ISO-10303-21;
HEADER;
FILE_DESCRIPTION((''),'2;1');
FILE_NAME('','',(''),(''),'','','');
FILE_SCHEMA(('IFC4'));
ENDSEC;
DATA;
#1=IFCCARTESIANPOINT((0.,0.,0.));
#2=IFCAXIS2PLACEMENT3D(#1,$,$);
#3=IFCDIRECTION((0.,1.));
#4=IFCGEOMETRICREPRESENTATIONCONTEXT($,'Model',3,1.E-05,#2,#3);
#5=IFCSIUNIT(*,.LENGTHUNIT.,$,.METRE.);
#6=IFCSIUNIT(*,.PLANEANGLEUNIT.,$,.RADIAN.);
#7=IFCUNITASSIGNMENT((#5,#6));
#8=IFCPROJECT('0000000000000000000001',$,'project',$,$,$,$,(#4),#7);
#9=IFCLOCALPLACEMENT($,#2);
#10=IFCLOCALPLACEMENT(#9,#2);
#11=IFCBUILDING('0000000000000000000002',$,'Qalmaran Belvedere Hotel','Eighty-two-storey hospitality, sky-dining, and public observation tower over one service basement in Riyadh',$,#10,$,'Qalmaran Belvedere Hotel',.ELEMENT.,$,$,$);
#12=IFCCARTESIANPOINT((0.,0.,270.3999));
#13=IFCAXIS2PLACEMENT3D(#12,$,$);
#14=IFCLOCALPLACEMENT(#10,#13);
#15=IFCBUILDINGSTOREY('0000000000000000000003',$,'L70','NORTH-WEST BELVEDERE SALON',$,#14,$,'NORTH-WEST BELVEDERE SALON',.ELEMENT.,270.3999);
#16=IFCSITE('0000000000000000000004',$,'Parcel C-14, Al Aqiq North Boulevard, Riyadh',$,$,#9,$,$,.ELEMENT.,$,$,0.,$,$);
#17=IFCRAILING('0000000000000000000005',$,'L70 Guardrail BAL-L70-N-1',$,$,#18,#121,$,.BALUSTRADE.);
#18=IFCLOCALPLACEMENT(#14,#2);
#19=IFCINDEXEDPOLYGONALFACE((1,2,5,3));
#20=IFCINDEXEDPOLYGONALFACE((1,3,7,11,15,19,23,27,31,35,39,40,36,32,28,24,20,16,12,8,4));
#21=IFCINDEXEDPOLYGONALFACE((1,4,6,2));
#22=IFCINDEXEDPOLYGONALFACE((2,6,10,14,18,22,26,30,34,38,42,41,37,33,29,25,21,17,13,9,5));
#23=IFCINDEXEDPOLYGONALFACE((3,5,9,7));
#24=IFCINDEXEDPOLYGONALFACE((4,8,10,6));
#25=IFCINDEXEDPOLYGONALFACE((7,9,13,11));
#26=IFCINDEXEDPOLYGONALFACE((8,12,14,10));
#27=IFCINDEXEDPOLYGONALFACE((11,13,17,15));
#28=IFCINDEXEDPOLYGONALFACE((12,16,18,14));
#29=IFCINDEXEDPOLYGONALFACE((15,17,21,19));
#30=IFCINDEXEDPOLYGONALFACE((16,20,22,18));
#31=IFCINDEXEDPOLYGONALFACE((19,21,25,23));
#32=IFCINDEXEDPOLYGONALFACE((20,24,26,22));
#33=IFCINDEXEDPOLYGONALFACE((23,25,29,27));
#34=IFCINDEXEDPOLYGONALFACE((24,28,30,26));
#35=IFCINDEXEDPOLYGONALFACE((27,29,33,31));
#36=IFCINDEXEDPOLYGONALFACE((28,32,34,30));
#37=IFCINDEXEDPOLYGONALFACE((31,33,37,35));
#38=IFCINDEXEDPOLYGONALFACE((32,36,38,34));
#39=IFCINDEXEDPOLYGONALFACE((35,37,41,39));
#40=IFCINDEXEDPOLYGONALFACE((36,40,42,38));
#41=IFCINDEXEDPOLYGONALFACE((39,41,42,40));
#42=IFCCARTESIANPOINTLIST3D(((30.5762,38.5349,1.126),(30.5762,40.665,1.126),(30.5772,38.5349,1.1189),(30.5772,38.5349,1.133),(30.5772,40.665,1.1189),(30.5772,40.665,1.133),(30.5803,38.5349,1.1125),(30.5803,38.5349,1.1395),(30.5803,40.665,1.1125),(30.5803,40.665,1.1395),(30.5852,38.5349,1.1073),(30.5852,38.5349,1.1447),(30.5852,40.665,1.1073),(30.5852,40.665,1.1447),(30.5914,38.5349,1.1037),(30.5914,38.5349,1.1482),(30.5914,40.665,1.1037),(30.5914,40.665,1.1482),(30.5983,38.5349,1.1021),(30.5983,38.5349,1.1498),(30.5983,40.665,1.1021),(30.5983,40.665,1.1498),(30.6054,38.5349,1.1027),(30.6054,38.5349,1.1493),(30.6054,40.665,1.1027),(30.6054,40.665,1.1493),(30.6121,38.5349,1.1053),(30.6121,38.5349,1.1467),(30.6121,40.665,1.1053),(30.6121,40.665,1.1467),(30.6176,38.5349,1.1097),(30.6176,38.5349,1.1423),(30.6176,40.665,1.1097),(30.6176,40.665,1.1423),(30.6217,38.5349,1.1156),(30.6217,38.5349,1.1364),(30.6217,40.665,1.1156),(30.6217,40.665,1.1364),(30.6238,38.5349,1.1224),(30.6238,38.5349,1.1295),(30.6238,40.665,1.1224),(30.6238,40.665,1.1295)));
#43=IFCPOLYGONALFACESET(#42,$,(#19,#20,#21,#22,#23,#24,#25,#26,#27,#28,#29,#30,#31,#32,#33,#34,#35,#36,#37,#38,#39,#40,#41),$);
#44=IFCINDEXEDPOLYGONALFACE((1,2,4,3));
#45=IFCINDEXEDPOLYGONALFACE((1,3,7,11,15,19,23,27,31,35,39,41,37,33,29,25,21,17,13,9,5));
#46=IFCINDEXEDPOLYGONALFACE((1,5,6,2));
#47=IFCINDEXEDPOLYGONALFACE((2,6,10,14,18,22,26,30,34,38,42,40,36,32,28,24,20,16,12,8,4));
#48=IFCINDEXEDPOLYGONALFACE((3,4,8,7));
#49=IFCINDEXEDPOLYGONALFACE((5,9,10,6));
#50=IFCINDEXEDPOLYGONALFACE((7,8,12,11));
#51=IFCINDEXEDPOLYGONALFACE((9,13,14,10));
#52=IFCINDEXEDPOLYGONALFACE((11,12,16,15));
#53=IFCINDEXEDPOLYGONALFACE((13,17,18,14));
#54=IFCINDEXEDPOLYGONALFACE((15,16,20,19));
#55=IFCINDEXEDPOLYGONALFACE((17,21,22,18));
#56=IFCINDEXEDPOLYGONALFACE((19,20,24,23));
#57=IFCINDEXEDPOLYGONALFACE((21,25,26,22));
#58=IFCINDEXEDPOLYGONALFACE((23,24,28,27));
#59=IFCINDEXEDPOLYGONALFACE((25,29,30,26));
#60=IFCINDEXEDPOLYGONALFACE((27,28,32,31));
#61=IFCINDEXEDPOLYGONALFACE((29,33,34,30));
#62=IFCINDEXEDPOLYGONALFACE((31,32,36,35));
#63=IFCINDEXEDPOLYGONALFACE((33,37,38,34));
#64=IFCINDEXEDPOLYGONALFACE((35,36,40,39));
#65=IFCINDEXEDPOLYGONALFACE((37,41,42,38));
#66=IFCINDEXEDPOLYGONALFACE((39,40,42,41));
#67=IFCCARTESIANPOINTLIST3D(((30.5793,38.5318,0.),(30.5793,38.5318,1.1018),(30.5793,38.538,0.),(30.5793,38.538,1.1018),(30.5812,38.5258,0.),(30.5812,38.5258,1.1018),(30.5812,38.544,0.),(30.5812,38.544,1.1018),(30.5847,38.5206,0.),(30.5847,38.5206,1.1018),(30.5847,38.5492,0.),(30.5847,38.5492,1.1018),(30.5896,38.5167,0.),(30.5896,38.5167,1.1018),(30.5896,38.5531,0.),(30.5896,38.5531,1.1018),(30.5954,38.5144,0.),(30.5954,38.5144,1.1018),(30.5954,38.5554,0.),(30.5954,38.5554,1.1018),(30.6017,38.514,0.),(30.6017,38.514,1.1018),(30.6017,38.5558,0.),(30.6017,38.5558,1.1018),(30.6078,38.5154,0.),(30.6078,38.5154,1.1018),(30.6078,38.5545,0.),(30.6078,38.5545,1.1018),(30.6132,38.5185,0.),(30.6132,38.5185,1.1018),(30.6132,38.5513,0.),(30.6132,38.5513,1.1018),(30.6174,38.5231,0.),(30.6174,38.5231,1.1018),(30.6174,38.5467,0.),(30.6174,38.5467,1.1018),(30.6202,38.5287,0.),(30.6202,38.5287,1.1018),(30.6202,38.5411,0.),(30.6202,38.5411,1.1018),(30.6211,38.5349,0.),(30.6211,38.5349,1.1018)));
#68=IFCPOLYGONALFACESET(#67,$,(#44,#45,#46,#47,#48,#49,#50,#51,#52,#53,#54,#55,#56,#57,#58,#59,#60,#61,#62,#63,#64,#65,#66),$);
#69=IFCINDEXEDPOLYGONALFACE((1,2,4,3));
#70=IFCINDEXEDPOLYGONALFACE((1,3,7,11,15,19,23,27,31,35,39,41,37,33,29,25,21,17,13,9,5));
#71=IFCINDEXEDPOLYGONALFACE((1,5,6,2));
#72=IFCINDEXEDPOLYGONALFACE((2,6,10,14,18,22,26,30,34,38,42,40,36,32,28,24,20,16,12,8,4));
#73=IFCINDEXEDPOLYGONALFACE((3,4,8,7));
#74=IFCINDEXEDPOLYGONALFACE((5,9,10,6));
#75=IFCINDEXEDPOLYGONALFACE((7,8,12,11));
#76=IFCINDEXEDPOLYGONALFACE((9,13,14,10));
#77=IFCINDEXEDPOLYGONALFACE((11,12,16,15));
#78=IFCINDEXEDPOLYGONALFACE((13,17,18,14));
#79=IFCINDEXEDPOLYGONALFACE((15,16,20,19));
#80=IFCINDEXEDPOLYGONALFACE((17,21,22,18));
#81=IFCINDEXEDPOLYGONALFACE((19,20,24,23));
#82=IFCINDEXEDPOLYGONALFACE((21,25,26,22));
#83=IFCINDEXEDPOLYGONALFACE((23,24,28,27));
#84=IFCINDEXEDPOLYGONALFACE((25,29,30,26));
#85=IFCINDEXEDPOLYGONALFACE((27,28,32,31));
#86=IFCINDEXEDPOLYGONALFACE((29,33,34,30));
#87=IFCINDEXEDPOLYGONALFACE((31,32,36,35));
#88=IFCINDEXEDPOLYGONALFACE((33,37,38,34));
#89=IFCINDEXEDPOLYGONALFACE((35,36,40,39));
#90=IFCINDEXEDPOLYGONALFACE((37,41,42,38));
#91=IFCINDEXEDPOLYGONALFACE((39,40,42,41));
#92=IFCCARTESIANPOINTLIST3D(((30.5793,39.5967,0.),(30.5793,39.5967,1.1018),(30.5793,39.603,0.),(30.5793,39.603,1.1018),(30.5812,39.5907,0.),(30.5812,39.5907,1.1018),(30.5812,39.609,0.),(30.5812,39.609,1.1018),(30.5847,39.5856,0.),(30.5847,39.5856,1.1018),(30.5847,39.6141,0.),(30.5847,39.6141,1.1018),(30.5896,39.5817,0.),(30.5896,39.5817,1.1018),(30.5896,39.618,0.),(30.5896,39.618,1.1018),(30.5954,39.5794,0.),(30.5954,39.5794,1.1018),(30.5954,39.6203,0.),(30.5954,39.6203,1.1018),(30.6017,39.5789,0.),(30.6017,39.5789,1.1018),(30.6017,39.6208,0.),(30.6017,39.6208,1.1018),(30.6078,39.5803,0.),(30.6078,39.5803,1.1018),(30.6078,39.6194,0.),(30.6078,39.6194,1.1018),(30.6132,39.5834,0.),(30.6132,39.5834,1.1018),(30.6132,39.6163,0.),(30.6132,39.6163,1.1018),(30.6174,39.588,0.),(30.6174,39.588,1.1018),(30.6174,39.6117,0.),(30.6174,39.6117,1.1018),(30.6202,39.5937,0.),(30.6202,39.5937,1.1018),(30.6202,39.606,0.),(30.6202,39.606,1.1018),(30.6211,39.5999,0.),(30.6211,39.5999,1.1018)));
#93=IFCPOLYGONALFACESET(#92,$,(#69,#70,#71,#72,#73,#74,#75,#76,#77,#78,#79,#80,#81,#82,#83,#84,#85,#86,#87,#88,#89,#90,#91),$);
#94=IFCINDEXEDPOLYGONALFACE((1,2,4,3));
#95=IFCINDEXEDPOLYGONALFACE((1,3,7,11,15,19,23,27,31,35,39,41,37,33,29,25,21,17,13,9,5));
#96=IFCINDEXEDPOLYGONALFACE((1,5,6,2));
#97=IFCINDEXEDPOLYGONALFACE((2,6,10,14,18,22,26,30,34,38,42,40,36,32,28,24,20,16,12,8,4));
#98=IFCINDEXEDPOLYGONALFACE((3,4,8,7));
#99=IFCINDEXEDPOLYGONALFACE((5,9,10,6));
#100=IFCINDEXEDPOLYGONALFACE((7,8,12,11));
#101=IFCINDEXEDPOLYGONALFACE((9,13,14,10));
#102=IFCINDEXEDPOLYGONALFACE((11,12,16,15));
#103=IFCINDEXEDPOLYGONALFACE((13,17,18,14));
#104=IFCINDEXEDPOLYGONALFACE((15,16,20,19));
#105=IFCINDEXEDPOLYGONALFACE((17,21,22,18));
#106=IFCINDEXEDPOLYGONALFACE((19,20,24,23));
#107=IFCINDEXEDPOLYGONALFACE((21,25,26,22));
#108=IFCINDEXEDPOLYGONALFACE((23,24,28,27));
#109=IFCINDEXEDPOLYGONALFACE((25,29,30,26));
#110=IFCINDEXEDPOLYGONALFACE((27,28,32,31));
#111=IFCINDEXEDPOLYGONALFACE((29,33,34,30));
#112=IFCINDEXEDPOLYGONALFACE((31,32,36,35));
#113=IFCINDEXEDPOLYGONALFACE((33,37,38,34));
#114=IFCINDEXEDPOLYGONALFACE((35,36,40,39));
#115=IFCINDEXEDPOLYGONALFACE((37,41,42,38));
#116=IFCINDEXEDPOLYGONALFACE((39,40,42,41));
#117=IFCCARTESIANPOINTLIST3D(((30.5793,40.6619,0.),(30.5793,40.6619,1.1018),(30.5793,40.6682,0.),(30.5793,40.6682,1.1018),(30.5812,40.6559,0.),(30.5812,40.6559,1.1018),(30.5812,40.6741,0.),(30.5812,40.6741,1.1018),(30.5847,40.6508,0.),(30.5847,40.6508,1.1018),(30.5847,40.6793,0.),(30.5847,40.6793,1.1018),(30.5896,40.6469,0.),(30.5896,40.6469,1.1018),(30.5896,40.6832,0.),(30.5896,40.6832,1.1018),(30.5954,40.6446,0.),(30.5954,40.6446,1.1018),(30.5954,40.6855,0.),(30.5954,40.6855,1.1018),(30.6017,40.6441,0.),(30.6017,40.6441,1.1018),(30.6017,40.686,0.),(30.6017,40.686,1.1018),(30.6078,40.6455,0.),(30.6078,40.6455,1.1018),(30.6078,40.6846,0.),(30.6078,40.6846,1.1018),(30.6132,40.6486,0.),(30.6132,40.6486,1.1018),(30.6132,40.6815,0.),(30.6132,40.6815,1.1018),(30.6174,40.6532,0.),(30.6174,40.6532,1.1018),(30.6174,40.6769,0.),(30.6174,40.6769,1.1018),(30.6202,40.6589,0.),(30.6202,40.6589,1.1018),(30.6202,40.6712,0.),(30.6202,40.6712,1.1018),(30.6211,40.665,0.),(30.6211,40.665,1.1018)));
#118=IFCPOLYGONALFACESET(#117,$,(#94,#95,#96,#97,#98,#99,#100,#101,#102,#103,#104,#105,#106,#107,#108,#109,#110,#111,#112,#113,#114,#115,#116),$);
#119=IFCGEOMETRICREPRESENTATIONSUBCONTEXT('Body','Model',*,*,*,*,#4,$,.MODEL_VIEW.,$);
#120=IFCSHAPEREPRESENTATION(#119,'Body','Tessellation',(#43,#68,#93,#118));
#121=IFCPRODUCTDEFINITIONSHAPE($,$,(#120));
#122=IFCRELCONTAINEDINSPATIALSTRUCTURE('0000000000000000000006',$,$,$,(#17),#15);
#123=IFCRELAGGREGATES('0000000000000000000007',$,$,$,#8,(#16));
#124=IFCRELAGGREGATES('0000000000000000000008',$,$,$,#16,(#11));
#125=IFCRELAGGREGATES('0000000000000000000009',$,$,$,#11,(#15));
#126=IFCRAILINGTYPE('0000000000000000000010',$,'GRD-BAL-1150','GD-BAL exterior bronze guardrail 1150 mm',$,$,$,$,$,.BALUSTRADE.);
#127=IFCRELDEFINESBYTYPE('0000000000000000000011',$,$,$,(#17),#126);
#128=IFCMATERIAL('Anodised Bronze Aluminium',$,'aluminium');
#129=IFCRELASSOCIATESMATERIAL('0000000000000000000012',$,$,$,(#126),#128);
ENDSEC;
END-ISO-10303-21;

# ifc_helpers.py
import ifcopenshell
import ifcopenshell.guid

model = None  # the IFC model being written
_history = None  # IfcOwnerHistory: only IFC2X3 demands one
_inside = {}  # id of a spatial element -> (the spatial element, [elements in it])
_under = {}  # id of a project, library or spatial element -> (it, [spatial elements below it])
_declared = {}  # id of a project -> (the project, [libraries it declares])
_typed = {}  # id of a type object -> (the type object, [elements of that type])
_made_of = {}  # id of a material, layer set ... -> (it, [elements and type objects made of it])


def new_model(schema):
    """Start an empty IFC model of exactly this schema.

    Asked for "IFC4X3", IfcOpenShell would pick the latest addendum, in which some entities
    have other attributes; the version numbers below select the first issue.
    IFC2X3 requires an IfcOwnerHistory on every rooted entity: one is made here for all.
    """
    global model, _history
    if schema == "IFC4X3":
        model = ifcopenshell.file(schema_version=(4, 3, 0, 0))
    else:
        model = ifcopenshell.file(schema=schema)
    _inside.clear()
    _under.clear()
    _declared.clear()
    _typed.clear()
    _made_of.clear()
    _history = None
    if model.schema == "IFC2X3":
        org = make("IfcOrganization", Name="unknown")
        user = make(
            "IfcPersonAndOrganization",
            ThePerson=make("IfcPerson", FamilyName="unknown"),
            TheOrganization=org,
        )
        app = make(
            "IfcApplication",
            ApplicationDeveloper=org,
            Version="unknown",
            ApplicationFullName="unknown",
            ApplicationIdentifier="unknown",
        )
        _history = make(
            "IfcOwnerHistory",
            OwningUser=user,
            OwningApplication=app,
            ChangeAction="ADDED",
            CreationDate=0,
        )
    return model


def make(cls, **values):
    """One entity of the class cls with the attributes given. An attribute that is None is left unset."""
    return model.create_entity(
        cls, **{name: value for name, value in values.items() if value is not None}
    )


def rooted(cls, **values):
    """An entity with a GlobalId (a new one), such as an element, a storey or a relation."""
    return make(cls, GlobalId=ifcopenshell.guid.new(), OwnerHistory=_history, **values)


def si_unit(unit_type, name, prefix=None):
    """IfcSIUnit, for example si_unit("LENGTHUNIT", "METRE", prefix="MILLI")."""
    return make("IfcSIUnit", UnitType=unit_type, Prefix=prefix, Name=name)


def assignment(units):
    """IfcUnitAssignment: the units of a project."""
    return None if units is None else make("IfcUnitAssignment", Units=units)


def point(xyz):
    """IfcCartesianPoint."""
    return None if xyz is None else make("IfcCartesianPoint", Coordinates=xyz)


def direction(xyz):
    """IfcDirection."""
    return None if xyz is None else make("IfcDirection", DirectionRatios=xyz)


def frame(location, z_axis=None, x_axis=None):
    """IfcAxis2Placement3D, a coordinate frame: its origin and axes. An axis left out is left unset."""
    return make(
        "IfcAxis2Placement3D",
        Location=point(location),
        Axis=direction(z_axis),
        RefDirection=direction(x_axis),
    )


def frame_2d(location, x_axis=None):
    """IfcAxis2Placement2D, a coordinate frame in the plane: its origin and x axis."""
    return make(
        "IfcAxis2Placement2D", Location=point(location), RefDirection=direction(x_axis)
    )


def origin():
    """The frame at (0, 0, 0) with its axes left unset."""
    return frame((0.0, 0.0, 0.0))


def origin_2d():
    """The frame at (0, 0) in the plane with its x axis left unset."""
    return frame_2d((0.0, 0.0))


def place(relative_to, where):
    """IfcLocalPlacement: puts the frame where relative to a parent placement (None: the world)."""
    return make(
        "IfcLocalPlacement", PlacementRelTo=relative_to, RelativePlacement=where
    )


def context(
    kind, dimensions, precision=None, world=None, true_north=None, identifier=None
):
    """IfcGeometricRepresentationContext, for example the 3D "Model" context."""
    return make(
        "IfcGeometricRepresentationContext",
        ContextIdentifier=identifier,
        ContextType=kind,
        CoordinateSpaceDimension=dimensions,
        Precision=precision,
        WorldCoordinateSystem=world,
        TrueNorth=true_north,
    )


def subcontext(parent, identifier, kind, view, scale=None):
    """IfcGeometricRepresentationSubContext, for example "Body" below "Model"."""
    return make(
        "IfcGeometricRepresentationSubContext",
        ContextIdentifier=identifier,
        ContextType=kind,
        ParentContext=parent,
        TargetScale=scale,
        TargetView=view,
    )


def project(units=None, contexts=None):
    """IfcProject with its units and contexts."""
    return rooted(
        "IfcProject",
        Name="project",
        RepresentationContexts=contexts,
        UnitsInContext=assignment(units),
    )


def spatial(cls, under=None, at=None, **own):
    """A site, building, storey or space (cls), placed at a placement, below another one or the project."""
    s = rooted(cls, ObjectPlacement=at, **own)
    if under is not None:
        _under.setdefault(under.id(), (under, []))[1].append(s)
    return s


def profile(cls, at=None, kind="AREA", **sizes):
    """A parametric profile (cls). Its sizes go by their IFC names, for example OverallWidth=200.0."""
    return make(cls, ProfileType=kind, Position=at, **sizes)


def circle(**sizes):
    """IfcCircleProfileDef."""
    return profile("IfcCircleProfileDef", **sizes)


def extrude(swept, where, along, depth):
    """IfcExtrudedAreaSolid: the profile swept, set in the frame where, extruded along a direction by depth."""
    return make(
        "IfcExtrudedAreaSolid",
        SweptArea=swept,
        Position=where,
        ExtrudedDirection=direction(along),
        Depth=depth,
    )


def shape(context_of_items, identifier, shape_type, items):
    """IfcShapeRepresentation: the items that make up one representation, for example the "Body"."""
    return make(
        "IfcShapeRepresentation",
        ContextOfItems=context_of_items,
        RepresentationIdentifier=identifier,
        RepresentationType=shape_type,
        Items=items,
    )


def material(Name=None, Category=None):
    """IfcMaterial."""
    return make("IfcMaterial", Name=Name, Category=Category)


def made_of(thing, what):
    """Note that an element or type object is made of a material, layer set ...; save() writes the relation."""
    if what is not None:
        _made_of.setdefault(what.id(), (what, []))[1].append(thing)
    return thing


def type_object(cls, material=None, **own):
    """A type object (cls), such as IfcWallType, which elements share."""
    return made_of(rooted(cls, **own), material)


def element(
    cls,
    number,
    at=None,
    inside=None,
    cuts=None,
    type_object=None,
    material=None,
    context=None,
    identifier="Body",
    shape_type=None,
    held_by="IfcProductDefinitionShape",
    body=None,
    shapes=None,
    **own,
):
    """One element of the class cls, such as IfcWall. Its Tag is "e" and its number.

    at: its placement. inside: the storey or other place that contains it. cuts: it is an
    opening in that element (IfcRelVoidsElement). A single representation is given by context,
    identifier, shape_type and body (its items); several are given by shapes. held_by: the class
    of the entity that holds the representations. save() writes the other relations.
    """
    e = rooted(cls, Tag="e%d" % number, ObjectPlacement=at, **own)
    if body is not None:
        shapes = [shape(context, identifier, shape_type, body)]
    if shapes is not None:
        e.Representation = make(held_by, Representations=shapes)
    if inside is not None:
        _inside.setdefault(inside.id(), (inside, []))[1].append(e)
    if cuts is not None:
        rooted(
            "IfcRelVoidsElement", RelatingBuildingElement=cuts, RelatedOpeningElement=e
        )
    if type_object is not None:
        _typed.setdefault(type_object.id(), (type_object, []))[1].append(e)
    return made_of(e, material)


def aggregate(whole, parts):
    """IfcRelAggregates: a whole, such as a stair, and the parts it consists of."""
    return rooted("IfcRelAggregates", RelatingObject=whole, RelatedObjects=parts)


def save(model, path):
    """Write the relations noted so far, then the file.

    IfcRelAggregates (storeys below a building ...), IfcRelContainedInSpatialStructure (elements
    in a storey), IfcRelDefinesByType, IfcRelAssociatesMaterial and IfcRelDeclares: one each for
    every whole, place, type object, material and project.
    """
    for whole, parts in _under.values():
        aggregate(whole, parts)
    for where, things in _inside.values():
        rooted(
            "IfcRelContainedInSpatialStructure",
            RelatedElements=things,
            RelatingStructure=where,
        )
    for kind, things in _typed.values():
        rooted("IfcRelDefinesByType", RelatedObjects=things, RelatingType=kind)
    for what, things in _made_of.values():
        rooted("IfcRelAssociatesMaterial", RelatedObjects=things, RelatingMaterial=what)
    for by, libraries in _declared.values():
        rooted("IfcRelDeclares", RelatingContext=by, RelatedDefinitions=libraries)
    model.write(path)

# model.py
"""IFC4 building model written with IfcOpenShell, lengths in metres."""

from ifc_helpers import new_model, si_unit, direction, frame, origin, origin_2d, place, context, subcontext, project, spatial, circle, extrude, material, type_object, element, save


model = new_model("IFC4")

# Units and contexts
model_context = context("Model", 3, precision=1e-05, world=origin(), true_north=direction((0.0, 1.0)))
body_context = subcontext(model_context, "Body", "Model", "MODEL_VIEW")
ifc_project = project(units=[si_unit("LENGTHUNIT", "METRE"), si_unit("PLANEANGLEUNIT", "RADIAN")], contexts=[model_context])

# Site, building, storey
site_placement = place(None, origin())
site = spatial("IfcSite", under=ifc_project, at=site_placement, Name="Parcel C-14, Al Aqiq North Boulevard, Riyadh", CompositionType="ELEMENT", RefElevation=0.0)
building_placement = place(site_placement, origin())
building = spatial("IfcBuilding", under=site, at=building_placement, Name="Qalmaran Belvedere Hotel", Description="Eighty-two-storey hospitality, sky-dining, and public observation tower over one service basement in Riyadh", LongName="Qalmaran Belvedere Hotel", CompositionType="ELEMENT")
storey_placement = place(building_placement, frame((0.0, 0.0, 270.3999)))
storey = spatial("IfcBuildingStorey", under=building, at=storey_placement, Name="L70", Description="NORTH-WEST BELVEDERE SALON", LongName="NORTH-WEST BELVEDERE SALON", CompositionType="ELEMENT", Elevation=270.3999)

# Shared definitions
ifc_material_1 = material(Name="Anodised Bronze Aluminium", Category="aluminium")

# Railing
railing_type = type_object("IfcRailingType", Name="GRD-BAL-1150", Description="GD-BAL exterior bronze guardrail 1150 mm", PredefinedType="BALUSTRADE", material=ifc_material_1)
railing_1_placement = place(storey_placement, frame((30.6001, 38.5349, 0.0)))
element("IfcRailing", 1, at=railing_1_placement, inside=storey, type_object=railing_type, Name="L70 Guardrail BAL-L70-N-1", PredefinedType="BALUSTRADE", context=body_context, shape_type="SweptSolid", body=[
    extrude(circle(Radius=0.0239, at=origin_2d()), frame((0.0, 0.0, 1.126), z_axis=(0.0, 1.0, 0.0), x_axis=(-1.0, 0.0, 0.0)), (0.0, 0.0, 1.0), 2.1301),
    extrude(circle(Radius=0.021, at=origin_2d()), origin(), (0.0, 0.0, 1.0), 1.1018),
    extrude(circle(Radius=0.021, at=origin_2d()), frame((0.0, 1.0649, 0.0)), (0.0, 0.0, 1.0), 1.1018),
    extrude(circle(Radius=0.021, at=origin_2d()), frame((0.0, 2.1301, 0.0)), (0.0, 0.0, 1.0), 1.1018),
])

save(model, "model.ifc")
